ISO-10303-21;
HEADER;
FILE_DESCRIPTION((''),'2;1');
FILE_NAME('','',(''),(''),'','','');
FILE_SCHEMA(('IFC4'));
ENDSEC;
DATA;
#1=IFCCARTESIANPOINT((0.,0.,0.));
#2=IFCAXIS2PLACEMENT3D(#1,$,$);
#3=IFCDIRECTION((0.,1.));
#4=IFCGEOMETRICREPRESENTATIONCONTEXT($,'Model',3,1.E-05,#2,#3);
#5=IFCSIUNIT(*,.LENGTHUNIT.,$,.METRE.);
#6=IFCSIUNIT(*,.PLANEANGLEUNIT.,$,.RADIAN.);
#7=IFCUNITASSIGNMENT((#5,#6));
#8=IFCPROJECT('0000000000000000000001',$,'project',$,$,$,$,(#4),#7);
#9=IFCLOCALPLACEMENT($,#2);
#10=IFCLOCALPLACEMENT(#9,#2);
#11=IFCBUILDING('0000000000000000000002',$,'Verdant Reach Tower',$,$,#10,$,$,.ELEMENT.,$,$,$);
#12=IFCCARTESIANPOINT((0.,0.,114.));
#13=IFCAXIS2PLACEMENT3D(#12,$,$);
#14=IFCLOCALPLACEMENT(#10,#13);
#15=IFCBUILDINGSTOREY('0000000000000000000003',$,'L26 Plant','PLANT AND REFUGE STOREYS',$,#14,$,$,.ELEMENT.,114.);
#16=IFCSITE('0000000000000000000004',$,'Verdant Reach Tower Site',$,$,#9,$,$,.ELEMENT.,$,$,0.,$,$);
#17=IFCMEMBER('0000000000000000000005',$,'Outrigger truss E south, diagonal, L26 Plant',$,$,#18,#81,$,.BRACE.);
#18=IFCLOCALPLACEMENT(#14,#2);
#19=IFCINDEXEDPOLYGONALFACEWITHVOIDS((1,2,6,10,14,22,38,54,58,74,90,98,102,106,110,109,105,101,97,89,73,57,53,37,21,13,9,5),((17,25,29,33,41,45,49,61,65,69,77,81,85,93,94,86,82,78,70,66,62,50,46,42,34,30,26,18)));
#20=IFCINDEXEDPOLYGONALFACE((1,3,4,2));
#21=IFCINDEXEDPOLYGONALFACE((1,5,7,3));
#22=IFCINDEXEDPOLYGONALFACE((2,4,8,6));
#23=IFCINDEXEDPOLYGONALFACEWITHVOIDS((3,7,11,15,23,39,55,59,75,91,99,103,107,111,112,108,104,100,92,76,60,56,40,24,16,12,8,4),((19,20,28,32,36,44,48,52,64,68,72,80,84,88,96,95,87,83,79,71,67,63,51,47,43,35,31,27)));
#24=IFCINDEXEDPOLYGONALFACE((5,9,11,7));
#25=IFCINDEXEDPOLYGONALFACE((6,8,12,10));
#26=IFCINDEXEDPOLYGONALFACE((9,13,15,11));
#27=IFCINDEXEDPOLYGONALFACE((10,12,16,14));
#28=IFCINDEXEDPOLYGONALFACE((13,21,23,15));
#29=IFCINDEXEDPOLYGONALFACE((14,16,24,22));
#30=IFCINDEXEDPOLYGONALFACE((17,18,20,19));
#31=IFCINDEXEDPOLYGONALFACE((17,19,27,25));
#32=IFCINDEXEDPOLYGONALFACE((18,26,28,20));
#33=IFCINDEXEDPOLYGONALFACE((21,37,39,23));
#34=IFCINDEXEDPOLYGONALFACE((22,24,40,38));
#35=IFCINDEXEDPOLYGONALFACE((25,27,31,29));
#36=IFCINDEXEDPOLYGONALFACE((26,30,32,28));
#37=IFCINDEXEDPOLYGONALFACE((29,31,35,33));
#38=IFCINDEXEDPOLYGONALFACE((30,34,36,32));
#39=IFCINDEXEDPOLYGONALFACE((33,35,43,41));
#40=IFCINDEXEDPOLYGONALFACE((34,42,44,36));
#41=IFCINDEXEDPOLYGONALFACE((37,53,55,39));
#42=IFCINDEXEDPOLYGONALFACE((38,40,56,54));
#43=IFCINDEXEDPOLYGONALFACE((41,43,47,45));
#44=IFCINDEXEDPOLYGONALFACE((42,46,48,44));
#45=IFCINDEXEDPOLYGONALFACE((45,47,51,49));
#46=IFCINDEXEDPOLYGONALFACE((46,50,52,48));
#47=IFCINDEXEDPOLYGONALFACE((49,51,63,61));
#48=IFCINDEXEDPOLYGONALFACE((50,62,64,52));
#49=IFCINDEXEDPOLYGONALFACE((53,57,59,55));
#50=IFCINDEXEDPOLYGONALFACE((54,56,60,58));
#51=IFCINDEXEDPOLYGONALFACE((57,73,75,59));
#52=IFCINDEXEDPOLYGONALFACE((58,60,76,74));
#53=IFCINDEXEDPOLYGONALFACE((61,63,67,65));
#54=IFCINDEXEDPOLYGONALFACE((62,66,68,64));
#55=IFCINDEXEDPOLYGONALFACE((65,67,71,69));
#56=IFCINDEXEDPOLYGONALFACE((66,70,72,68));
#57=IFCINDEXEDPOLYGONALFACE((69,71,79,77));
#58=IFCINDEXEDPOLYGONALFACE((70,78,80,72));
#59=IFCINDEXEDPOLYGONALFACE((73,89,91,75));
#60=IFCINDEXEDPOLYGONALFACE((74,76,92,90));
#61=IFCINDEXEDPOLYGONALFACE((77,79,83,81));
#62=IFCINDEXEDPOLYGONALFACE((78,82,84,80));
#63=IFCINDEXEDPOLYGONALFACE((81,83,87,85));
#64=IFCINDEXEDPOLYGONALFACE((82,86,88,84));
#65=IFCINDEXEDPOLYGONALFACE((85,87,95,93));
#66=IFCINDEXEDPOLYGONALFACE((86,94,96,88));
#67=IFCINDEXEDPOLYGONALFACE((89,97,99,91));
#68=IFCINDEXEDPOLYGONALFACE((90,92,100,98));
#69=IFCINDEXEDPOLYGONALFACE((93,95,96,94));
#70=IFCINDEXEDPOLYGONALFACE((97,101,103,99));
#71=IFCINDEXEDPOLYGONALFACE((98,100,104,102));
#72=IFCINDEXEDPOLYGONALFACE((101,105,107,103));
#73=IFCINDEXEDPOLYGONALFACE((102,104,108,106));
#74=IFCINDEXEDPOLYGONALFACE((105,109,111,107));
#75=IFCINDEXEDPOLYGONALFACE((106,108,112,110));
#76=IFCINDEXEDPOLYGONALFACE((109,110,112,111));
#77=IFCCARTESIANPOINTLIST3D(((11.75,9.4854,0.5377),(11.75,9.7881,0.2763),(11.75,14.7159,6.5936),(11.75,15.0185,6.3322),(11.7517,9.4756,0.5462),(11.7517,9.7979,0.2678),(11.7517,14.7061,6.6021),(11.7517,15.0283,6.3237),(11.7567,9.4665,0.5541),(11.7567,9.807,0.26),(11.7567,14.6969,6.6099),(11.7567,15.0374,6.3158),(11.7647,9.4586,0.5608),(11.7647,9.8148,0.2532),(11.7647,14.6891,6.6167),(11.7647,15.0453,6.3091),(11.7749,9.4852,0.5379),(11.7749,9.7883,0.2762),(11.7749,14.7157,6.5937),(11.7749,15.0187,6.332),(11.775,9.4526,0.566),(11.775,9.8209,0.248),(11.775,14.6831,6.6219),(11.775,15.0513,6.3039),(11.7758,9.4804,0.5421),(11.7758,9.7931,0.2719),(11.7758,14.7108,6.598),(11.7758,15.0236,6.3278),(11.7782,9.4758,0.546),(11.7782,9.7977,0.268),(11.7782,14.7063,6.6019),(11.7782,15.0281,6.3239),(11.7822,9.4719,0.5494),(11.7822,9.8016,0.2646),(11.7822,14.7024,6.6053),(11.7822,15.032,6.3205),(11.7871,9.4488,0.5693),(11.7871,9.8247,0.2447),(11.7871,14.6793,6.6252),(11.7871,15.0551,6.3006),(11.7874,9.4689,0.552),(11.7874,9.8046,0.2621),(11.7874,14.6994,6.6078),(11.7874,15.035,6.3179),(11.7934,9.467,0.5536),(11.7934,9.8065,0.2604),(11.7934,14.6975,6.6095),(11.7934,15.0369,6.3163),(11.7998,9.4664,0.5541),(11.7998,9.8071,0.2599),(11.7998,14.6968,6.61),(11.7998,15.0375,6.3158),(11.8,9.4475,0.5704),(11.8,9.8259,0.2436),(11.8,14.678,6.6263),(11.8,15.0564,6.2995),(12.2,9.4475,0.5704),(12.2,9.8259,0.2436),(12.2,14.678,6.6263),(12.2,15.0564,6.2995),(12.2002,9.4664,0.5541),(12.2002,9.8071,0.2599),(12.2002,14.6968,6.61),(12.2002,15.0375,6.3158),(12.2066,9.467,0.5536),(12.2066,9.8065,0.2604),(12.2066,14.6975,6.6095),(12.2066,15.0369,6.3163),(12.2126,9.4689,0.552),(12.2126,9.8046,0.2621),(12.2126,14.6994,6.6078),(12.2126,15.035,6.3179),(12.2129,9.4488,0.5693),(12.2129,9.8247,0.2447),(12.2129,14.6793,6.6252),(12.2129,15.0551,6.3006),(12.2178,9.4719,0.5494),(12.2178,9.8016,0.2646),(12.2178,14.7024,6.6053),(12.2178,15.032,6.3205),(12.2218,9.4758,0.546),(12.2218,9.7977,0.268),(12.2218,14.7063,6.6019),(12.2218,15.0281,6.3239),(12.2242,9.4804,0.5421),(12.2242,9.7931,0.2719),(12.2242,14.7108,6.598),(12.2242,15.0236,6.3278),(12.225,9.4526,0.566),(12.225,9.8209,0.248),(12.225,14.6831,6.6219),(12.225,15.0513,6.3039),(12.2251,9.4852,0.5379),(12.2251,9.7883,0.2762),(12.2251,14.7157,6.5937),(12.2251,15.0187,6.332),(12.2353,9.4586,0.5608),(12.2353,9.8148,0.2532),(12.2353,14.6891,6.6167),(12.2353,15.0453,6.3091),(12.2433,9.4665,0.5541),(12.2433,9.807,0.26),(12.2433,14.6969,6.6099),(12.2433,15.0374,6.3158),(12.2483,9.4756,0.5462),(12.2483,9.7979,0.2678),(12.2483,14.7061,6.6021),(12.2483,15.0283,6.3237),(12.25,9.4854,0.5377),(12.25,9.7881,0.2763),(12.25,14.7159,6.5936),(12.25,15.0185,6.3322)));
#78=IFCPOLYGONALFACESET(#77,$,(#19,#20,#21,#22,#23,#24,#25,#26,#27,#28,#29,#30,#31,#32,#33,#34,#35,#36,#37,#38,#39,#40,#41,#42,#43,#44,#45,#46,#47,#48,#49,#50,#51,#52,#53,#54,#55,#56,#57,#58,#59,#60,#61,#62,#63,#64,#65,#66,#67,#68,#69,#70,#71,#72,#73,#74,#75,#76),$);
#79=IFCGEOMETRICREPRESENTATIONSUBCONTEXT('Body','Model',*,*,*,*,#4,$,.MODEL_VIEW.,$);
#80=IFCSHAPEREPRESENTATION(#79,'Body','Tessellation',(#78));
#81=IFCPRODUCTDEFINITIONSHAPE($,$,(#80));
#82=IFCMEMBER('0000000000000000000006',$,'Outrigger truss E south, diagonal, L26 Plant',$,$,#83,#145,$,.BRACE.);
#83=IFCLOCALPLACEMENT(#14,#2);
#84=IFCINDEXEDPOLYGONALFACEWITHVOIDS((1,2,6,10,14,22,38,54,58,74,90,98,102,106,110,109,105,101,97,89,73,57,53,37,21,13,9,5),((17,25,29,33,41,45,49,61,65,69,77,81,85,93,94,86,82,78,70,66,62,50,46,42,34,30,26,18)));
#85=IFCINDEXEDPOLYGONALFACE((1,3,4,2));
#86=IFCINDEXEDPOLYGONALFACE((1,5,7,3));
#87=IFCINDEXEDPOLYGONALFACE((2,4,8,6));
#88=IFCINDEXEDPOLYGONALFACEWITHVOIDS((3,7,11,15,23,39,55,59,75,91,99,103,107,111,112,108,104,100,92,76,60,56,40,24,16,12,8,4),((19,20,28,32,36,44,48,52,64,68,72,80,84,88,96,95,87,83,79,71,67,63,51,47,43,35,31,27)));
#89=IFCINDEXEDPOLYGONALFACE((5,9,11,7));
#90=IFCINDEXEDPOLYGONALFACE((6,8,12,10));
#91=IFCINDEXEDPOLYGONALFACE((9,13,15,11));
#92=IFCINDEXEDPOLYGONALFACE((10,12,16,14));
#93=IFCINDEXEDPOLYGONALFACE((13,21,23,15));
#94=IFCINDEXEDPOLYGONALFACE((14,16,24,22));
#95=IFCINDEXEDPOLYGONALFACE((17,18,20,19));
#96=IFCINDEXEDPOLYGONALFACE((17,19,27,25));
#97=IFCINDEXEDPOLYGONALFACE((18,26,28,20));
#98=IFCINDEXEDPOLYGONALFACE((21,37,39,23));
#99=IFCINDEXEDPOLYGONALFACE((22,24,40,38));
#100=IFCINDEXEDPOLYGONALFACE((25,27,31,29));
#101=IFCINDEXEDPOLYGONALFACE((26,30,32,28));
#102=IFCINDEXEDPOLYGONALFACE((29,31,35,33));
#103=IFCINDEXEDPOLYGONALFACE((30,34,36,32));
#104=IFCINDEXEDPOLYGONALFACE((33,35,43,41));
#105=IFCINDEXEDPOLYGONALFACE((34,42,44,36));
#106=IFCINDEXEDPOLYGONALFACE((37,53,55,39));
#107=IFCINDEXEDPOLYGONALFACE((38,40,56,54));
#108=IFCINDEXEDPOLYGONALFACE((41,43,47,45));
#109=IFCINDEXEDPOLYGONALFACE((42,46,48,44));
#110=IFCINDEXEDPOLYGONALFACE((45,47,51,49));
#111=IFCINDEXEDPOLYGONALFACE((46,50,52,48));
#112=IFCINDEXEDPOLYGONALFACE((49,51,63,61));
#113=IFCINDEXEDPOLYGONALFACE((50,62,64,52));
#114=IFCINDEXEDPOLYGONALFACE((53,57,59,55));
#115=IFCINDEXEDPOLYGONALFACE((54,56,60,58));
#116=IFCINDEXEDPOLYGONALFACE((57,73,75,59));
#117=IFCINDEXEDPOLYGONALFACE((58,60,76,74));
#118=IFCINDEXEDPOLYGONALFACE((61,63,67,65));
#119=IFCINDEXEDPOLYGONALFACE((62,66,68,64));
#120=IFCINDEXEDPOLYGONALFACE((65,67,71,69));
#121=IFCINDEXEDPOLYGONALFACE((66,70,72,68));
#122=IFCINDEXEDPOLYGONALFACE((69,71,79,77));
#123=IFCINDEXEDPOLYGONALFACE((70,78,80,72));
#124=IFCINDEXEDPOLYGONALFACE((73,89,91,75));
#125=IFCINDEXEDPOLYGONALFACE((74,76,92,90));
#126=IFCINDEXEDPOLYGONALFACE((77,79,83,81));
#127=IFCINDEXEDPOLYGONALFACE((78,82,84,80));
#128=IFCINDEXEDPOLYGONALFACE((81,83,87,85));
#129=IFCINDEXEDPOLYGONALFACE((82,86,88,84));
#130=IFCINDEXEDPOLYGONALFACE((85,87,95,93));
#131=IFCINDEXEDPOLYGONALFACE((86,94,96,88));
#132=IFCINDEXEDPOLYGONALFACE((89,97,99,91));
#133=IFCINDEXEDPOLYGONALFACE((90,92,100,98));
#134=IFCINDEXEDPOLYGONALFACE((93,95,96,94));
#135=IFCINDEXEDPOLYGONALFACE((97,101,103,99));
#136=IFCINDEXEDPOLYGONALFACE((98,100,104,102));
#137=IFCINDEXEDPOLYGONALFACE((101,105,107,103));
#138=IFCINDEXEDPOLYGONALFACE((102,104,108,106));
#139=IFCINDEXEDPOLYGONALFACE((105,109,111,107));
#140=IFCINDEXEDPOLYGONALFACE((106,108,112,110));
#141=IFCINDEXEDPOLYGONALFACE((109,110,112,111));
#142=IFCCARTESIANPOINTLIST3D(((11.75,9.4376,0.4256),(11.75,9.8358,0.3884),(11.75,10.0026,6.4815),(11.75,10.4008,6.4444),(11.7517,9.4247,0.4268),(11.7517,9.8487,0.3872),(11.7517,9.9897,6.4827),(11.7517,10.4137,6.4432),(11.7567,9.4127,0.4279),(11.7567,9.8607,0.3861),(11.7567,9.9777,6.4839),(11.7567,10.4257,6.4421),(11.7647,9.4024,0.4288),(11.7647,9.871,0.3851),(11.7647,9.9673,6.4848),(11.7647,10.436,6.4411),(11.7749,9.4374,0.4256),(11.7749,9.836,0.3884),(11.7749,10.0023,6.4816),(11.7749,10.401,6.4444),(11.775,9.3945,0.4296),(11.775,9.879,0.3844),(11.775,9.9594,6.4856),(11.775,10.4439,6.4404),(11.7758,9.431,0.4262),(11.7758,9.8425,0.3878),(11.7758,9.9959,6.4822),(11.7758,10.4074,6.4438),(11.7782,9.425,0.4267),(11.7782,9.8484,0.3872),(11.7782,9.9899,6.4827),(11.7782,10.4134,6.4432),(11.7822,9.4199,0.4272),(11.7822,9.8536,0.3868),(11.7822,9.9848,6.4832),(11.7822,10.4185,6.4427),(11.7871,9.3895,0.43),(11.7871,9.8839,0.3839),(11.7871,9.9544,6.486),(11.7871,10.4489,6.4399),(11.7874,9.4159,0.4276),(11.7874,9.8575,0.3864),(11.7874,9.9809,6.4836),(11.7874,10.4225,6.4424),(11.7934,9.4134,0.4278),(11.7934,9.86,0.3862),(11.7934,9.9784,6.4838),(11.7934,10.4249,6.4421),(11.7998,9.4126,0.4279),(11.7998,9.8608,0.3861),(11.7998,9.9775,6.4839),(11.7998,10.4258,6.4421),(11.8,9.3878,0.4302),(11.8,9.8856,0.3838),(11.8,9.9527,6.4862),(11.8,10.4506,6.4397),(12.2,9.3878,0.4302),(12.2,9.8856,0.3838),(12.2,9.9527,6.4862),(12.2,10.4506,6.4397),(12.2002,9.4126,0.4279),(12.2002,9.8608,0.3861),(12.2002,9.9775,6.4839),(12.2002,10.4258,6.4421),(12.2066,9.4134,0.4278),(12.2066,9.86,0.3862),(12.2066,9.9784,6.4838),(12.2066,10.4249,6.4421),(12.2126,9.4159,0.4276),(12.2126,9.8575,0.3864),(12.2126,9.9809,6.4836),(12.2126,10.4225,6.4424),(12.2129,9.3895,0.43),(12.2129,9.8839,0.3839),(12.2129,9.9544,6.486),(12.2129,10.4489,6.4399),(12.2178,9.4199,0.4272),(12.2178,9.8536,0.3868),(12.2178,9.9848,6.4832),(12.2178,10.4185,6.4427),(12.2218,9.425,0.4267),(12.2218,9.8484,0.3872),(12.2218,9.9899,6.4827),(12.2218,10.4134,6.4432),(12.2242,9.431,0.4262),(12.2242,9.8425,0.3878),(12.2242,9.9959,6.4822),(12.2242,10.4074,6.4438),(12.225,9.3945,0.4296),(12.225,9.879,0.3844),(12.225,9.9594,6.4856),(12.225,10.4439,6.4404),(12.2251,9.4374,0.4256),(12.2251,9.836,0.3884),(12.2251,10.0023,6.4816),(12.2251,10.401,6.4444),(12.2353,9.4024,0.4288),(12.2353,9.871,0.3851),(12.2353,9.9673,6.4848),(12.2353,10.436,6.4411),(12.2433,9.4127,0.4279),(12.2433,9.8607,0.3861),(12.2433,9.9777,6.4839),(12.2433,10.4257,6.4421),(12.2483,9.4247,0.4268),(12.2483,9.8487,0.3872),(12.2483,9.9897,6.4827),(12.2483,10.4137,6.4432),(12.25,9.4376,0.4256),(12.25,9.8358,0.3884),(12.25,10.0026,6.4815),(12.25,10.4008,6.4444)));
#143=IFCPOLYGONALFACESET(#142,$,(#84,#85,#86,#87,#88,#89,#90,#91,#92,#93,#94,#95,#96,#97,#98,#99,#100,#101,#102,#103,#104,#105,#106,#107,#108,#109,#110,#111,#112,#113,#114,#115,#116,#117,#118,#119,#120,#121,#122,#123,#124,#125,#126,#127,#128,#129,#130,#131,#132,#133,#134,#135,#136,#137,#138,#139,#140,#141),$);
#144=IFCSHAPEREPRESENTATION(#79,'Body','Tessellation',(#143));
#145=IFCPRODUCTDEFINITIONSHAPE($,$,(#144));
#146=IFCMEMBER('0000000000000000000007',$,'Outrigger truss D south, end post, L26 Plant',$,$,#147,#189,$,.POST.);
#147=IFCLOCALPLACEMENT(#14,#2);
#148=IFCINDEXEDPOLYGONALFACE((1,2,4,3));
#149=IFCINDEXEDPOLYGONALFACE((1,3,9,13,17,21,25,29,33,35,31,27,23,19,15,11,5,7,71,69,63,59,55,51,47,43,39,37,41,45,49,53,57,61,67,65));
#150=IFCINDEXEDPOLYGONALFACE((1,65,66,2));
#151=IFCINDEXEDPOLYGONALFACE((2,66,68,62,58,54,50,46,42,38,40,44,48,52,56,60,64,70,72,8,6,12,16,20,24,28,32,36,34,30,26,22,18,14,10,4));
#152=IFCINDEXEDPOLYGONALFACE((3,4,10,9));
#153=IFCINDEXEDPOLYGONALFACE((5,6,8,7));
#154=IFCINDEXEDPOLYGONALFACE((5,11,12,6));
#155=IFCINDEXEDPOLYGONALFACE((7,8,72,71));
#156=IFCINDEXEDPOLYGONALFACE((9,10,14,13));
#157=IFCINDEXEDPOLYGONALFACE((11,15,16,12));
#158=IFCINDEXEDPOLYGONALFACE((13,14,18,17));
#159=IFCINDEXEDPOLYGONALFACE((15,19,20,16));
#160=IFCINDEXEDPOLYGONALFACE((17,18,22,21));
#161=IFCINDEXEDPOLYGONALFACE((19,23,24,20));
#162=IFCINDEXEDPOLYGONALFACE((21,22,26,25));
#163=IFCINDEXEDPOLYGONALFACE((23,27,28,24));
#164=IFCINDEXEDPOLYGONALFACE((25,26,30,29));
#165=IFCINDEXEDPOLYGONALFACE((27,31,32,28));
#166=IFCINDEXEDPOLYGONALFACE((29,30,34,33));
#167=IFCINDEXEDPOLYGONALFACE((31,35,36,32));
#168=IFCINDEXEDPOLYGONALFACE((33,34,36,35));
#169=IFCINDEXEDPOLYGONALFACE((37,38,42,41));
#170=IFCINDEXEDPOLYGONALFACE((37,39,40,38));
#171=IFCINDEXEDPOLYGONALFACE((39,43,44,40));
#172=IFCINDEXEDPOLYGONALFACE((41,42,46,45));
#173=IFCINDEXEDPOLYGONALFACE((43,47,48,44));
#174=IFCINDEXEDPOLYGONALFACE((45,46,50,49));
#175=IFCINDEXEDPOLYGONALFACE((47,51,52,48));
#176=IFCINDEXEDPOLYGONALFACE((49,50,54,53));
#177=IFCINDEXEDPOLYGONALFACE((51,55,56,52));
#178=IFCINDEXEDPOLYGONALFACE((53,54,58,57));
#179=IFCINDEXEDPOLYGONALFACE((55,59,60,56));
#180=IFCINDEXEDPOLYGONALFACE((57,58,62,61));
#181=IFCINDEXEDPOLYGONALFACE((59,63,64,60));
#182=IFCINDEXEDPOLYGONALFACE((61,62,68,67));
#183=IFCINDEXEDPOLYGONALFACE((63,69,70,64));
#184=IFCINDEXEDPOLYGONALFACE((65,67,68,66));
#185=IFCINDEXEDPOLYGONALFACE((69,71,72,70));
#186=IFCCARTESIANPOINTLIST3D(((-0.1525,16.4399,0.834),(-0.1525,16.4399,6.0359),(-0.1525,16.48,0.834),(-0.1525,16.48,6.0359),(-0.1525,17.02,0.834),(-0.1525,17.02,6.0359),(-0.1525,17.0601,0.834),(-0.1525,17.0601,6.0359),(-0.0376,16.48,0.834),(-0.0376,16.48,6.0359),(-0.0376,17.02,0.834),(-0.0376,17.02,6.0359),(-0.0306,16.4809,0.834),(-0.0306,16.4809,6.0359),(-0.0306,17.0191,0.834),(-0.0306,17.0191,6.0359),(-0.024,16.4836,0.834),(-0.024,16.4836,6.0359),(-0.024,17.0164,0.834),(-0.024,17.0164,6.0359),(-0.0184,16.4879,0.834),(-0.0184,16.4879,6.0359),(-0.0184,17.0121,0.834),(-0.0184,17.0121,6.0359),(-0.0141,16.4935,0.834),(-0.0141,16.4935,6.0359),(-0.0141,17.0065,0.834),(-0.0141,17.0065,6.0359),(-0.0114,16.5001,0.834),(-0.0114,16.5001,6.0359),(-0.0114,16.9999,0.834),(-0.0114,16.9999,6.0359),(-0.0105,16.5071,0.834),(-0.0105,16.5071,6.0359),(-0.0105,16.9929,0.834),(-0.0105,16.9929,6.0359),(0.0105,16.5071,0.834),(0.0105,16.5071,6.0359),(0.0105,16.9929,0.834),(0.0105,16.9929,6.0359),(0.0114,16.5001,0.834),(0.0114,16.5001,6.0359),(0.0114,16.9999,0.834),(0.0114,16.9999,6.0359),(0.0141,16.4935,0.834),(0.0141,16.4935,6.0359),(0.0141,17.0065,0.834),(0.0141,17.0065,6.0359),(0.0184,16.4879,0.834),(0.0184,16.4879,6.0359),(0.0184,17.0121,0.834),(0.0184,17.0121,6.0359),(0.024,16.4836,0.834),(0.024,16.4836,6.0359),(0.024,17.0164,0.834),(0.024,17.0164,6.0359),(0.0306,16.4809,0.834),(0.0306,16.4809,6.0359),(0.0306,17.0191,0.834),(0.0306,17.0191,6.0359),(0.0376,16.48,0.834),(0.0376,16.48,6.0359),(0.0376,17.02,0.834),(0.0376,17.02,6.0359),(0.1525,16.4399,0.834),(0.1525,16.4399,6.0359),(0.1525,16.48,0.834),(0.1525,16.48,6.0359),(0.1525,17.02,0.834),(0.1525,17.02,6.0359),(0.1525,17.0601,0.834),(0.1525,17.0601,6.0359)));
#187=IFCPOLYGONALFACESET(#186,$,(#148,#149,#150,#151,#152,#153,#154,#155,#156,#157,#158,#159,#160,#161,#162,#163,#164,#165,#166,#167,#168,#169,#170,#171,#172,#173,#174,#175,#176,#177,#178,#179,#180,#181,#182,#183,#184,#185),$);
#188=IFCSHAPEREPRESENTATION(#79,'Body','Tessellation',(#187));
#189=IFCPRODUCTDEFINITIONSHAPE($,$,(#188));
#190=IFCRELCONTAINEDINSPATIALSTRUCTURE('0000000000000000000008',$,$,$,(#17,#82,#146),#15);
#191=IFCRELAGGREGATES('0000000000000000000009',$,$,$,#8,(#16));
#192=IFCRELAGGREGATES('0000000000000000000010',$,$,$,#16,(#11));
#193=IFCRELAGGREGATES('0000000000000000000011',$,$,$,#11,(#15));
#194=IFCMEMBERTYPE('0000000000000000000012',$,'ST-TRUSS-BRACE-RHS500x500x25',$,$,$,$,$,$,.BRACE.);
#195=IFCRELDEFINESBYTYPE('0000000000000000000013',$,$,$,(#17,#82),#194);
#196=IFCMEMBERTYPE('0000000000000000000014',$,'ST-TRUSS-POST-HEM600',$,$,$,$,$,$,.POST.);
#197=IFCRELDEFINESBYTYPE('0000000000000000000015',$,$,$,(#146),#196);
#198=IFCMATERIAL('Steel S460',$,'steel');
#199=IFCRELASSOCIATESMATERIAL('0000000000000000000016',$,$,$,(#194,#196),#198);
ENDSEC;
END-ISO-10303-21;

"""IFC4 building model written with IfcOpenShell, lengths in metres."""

from ifc_helpers import new_model, si_unit, direction, frame, origin, origin_2d, place, context, subcontext, project, spatial, hollow_rectangle, i_section, extrude, material, material_profile, profile_set, type_object, element, save


model = new_model("IFC4")

# Units and contexts
model_context = context("Model", 3, precision=1e-05, world=origin(), true_north=direction((0.0, 1.0)))
body_context = subcontext(model_context, "Body", "Model", "MODEL_VIEW")
ifc_project = project(units=[si_unit("LENGTHUNIT", "METRE"), si_unit("PLANEANGLEUNIT", "RADIAN")], contexts=[model_context])

# Site, building, storey
site_placement = place(None, origin())
site = spatial("IfcSite", under=ifc_project, at=site_placement, Name="Verdant Reach Tower Site", CompositionType="ELEMENT", RefElevation=0.0)
building_placement = place(site_placement, origin())
building = spatial("IfcBuilding", under=site, at=building_placement, Name="Verdant Reach Tower", CompositionType="ELEMENT")
storey_placement = place(building_placement, frame((0.0, 0.0, 114.0)))
storey = spatial("IfcBuildingStorey", under=building, at=storey_placement, Name="L26 Plant", Description="PLANT AND REFUGE STOREYS", CompositionType="ELEMENT", Elevation=114.0)

# Shared definitions
ifc_material_1 = material(Name="Steel S460", Category="steel")

# Members
ifc_material_profile_1 = material_profile(ifc_material_1, hollow_rectangle(XDim=0.5, YDim=0.5, WallThickness=0.0249, InnerFilletRadius=0.0249, OuterFilletRadius=0.05, at=origin_2d()), Name="RHS 500x500x25")
ifc_profile_set_1 = profile_set([ifc_material_profile_1], Name="Steel S460")
member_type_1 = type_object("IfcMemberType", Name="ST-TRUSS-BRACE-RHS500x500x25", PredefinedType="BRACE", material=ifc_profile_set_1)
member_1_placement = place(storey_placement, frame((12.0, 14.8672, 6.4629), z_axis=(0.0, -0.653646, -0.7568), x_axis=(1.0, 0.0, 0.0)))
element("IfcMember", 1, at=member_1_placement, inside=storey, type_object=member_type_1, Name="Outrigger truss E south, diagonal, L26 Plant", PredefinedType="BRACE", context=body_context, shape_type="SweptSolid", body=[
    extrude(hollow_rectangle(XDim=0.5, YDim=0.5, WallThickness=0.0249, InnerFilletRadius=0.0249, OuterFilletRadius=0.05, at=origin_2d()), origin(), (0.0, 0.0, 1.0), 8.002),
])
member_2_placement = place(storey_placement, frame((12.0, 9.6367, 0.407), z_axis=(0.0, 0.092884, 0.995677), x_axis=(-1.0, 0.0, 0.0)))
element("IfcMember", 2, at=member_2_placement, inside=storey, type_object=member_type_1, Name="Outrigger truss E south, diagonal, L26 Plant", PredefinedType="BRACE", context=body_context, shape_type="SweptSolid", body=[
    extrude(hollow_rectangle(XDim=0.5, YDim=0.5, WallThickness=0.0249, InnerFilletRadius=0.0249, OuterFilletRadius=0.05, at=origin_2d()), origin(), (0.0, 0.0, 1.0), 6.0823),
])
ifc_material_profile_2 = material_profile(ifc_material_1, i_section(OverallWidth=0.3049, OverallDepth=0.6201, WebThickness=0.021, FlangeThickness=0.04, FilletRadius=0.0271, at=origin_2d()), Name="HEM 600")
ifc_profile_set_2 = profile_set([ifc_material_profile_2], Name="Steel S460")
member_type_2 = type_object("IfcMemberType", Name="ST-TRUSS-POST-HEM600", PredefinedType="POST", material=ifc_profile_set_2)
member_3_placement = place(storey_placement, frame((0.0, 16.75, 0.834), z_axis=(0.0, 0.0, 1.0), x_axis=(1.0, 0.0, 0.0)))
element("IfcMember", 3, at=member_3_placement, inside=storey, type_object=member_type_2, Name="Outrigger truss D south, end post, L26 Plant", PredefinedType="POST", context=body_context, shape_type="SweptSolid", body=[
    extrude(i_section(OverallWidth=0.3049, OverallDepth=0.6201, WebThickness=0.021, FlangeThickness=0.04, FilletRadius=0.0271, at=origin_2d()), origin(), (0.0, 0.0, 1.0), 5.2019),
])

save(model, "model.ifc")
